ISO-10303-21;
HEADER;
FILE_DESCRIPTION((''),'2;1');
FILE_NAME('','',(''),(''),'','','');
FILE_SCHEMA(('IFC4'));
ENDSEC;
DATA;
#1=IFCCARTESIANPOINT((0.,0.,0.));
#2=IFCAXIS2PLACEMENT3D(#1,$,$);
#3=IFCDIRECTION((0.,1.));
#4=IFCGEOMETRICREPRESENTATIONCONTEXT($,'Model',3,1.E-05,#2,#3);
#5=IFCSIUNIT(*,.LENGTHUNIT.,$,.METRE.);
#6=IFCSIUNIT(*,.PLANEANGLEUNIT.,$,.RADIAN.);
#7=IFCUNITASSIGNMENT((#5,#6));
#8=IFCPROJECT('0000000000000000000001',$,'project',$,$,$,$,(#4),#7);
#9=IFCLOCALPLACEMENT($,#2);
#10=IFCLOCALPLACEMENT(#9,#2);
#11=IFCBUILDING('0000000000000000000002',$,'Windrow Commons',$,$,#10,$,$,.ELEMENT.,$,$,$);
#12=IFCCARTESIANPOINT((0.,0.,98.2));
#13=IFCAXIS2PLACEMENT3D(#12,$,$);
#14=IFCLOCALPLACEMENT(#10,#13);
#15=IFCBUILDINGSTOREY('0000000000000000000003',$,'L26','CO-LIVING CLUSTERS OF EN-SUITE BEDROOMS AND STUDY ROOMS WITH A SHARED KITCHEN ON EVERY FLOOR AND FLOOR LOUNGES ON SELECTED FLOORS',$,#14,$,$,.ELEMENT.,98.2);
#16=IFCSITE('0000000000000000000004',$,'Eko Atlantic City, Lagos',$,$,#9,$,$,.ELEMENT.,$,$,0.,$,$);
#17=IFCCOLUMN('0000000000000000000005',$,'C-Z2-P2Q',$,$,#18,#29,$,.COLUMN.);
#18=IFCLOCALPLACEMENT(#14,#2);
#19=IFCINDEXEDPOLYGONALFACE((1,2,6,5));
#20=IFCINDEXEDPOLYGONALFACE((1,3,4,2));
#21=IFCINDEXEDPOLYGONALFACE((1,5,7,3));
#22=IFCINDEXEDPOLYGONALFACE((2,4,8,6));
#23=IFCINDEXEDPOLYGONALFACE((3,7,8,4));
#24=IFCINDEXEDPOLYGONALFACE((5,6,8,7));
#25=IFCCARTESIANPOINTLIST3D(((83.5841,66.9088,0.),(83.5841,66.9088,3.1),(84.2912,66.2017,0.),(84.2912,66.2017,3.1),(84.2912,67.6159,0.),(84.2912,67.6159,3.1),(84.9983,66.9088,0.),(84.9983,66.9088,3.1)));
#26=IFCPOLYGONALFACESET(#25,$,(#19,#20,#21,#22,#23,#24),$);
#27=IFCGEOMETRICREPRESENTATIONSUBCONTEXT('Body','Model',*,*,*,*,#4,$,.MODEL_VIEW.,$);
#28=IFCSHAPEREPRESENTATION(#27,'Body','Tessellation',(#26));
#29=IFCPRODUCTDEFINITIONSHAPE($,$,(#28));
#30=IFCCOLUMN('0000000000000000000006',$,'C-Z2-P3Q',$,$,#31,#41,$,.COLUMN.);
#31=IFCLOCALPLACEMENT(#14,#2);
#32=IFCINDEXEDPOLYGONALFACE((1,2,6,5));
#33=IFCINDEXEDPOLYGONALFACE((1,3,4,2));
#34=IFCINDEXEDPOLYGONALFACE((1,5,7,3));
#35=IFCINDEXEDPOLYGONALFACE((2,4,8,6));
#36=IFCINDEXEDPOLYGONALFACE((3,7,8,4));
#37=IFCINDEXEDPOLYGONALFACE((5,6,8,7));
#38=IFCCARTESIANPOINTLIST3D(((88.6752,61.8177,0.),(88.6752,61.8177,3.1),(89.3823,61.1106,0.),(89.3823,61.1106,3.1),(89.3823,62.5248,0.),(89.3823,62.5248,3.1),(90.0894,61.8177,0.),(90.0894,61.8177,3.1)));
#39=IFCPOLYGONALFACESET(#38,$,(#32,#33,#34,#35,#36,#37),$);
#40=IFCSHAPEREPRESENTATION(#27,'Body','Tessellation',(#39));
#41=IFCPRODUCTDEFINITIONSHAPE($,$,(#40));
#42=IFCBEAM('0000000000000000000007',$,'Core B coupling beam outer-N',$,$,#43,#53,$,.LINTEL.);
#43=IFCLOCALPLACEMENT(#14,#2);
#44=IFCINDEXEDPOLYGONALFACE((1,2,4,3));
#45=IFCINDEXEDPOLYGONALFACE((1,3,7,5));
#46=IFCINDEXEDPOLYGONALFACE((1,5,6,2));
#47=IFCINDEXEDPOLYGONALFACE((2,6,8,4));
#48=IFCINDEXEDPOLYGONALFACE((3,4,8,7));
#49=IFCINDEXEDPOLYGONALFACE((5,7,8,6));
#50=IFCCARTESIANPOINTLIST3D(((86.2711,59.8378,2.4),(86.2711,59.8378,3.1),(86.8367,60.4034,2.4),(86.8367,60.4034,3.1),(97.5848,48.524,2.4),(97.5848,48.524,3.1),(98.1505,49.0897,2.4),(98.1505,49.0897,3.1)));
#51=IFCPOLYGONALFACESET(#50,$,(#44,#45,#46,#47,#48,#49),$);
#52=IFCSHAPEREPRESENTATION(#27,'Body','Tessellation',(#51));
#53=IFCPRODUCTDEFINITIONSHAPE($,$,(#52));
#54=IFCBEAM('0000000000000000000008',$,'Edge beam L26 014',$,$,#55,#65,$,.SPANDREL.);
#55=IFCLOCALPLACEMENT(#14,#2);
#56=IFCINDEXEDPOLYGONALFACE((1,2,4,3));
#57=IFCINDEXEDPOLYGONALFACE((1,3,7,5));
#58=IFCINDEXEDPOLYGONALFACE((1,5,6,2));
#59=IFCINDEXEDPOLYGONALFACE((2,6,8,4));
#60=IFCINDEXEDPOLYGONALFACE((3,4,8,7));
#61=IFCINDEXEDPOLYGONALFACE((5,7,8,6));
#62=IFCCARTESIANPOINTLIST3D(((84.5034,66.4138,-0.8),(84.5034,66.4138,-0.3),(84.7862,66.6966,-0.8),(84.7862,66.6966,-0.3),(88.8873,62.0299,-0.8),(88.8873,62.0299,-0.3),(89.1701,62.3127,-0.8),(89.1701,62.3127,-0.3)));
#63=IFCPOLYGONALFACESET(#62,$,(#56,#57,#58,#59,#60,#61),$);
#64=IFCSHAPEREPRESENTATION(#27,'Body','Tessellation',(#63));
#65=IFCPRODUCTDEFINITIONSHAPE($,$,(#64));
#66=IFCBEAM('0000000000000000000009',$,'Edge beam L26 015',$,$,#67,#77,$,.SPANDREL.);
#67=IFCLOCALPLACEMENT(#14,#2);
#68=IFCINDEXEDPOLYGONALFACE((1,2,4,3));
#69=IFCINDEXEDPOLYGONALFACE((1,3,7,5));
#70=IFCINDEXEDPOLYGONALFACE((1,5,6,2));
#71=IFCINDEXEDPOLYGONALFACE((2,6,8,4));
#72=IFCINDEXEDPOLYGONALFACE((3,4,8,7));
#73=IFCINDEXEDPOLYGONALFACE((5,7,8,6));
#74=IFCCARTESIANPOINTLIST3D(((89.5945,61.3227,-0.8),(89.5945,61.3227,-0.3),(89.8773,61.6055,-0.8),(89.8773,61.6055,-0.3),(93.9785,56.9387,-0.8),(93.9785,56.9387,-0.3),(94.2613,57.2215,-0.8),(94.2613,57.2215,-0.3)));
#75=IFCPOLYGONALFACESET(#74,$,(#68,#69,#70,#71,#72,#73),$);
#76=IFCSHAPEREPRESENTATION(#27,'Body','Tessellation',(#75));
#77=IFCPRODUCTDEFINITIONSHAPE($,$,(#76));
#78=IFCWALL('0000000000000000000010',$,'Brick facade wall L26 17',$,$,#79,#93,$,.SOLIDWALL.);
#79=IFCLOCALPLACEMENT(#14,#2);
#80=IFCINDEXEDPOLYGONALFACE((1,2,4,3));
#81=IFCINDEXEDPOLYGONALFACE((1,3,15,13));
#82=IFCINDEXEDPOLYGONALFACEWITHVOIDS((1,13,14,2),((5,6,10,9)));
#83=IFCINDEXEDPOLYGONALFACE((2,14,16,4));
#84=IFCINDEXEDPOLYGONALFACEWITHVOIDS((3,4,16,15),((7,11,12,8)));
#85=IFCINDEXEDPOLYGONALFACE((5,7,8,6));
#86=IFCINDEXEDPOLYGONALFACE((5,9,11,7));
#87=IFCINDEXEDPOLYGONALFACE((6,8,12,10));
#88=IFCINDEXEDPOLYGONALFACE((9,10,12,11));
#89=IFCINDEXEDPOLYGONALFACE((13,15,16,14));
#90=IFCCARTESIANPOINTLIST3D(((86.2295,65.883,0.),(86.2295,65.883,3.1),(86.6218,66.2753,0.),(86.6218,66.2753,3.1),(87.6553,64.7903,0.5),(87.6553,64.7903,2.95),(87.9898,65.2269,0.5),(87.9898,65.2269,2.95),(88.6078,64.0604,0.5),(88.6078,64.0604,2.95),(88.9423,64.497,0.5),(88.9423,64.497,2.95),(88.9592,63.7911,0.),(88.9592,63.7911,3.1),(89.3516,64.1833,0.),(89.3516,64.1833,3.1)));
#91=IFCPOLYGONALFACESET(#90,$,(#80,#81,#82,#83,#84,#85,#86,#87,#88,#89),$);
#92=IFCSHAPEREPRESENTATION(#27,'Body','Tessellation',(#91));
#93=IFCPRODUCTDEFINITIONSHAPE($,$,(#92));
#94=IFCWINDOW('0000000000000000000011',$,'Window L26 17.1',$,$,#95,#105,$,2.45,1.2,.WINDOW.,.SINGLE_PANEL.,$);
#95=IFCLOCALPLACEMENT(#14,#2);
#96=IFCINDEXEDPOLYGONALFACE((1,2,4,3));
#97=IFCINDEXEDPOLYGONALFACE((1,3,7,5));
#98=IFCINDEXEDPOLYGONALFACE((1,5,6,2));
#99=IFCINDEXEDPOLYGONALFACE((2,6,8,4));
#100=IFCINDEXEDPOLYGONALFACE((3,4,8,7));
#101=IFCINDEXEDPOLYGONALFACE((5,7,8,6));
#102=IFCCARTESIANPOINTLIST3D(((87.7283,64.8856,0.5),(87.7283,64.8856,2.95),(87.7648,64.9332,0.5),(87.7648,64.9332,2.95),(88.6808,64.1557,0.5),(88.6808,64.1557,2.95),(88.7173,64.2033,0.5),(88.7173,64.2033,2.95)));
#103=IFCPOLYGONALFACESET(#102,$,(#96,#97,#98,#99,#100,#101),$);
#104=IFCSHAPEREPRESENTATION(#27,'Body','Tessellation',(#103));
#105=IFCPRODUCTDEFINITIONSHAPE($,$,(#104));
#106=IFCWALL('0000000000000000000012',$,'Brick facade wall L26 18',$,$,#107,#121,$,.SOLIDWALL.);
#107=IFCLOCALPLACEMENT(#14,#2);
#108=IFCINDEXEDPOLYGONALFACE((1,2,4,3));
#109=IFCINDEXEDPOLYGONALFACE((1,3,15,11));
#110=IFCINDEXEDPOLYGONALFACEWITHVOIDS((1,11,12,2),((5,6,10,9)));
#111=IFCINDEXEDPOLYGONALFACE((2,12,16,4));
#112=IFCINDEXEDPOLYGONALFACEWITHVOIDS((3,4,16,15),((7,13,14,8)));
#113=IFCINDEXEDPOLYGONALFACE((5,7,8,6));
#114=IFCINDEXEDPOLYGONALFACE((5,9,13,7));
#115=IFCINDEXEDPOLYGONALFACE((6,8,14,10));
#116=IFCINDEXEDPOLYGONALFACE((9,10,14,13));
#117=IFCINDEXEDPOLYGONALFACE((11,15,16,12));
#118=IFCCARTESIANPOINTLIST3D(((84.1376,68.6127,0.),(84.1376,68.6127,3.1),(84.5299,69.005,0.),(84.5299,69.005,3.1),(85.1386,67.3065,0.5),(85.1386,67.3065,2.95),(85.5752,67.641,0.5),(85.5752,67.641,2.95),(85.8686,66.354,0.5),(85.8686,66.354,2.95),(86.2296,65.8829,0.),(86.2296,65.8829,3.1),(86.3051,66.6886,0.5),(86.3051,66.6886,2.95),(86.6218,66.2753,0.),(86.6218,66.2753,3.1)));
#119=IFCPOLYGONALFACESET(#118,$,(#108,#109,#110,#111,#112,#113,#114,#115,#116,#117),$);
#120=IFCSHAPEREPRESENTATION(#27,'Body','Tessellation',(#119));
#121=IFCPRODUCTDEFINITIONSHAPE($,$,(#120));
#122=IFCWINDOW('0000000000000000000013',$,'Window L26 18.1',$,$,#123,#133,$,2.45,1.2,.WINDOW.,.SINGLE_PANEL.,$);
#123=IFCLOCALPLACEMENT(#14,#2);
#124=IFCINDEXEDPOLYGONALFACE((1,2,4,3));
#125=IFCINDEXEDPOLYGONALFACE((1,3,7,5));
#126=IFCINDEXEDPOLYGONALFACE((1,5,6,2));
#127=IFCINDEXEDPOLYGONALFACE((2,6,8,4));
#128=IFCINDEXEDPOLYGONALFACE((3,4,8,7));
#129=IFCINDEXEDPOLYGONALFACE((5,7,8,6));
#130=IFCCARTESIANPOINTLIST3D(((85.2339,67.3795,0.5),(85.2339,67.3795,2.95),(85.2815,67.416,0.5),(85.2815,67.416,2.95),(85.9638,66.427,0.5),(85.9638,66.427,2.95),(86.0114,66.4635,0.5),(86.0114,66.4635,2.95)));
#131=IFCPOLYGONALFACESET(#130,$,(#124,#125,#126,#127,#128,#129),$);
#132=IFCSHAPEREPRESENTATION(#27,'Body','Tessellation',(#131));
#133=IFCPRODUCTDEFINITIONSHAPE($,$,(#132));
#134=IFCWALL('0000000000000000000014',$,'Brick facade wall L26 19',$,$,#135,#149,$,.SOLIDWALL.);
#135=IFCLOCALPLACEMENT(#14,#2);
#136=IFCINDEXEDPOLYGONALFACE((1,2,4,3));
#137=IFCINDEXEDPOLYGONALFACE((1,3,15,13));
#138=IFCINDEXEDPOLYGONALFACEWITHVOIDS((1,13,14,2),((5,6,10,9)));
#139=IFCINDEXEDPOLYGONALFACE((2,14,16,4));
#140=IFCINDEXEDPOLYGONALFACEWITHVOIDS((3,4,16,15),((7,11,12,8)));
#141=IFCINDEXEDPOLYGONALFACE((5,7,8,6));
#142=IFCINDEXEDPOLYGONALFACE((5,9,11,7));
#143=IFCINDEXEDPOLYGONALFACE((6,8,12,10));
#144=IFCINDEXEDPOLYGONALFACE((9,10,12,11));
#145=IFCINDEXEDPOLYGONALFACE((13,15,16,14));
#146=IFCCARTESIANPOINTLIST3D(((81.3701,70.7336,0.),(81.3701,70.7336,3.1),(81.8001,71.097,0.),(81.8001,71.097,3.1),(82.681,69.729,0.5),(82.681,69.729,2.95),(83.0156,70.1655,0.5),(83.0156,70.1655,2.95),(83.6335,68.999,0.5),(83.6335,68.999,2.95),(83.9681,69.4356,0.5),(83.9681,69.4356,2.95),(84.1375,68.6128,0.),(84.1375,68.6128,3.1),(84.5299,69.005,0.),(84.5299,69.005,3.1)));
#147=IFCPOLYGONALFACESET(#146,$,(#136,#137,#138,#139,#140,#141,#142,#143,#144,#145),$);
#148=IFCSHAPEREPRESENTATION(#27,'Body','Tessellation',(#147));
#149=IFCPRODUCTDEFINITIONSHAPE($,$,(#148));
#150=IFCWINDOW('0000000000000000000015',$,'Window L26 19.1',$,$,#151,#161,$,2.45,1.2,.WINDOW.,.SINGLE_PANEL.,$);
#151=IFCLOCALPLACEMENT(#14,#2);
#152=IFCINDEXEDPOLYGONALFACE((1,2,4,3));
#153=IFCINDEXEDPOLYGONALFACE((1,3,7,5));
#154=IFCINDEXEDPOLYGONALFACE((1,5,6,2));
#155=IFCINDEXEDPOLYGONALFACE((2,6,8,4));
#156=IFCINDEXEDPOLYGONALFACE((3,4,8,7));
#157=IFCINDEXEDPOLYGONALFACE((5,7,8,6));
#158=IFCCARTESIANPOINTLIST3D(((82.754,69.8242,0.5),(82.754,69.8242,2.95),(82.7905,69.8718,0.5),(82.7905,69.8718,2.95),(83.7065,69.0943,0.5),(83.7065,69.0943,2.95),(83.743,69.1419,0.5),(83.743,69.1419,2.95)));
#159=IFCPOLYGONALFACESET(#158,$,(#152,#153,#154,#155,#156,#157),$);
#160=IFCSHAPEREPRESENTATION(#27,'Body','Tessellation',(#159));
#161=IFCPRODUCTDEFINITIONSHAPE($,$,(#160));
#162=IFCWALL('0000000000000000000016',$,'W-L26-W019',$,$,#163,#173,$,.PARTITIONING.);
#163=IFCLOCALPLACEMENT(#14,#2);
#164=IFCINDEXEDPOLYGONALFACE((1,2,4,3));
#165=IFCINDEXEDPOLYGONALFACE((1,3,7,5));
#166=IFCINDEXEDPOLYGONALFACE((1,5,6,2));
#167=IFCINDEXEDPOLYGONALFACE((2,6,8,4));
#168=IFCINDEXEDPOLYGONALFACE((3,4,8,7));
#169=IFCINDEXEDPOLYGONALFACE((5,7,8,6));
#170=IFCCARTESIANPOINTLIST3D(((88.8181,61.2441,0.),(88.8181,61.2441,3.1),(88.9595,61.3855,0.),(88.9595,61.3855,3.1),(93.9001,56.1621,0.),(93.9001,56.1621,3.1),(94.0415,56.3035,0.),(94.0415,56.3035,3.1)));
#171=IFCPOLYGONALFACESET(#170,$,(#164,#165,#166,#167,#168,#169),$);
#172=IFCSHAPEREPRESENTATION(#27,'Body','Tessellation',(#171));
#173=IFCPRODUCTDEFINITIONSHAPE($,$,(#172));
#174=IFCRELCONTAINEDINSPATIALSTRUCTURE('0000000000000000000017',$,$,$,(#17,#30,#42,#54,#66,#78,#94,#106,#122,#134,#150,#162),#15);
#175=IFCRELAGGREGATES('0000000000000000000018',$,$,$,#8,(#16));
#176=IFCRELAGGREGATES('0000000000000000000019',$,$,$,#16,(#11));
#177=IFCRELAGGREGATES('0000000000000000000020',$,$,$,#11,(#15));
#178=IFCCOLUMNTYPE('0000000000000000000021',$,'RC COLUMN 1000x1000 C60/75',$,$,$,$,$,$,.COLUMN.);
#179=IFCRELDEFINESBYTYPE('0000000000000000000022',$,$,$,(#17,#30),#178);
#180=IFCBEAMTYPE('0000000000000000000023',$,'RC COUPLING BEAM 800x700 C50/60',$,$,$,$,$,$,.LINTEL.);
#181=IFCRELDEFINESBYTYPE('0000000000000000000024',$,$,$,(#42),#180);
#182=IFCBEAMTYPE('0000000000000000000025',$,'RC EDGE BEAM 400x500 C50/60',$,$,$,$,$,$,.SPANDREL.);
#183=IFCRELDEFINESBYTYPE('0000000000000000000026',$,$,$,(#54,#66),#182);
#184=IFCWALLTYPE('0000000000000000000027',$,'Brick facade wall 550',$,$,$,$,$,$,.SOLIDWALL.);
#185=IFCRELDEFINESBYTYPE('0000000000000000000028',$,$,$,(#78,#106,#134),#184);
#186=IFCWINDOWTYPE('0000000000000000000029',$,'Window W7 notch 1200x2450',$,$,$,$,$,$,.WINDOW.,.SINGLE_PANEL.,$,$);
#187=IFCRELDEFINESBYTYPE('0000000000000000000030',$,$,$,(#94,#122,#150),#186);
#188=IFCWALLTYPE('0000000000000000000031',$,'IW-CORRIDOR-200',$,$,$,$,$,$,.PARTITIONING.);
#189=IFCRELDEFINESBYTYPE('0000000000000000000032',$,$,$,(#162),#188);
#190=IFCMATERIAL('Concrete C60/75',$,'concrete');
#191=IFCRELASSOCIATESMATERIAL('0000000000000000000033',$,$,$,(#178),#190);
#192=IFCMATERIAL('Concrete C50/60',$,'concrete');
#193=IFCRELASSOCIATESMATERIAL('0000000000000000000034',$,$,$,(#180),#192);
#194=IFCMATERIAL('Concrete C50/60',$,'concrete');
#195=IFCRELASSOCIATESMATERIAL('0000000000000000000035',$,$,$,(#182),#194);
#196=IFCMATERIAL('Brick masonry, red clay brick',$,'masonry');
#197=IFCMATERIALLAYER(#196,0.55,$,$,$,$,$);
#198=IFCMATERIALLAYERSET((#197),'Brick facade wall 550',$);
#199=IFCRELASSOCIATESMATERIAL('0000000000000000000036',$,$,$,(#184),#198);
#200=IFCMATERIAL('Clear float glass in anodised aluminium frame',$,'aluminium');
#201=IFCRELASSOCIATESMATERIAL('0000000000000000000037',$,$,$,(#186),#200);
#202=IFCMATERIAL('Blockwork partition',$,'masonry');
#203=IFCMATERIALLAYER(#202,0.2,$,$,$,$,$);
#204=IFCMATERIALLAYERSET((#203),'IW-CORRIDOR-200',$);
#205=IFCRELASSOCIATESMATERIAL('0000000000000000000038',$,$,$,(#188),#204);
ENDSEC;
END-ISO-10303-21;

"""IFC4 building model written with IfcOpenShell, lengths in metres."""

from ifc_helpers import new_model, si_unit, direction, frame, frame_2d, origin, origin_2d, place, context, subcontext, project, spatial, polyline, rectangle, outline, extrude, material, layer, layer_set, material_profile, profile_set, type_object, element, fill, save


model = new_model("IFC4")

# Units and contexts
model_context = context("Model", 3, precision=1e-05, world=origin(), true_north=direction((0.0, 1.0)))
body_context = subcontext(model_context, "Body", "Model", "MODEL_VIEW")
ifc_project = project(units=[si_unit("LENGTHUNIT", "METRE"), si_unit("PLANEANGLEUNIT", "RADIAN")], contexts=[model_context])

# Site, building, storey
site_placement = place(None, origin())
site = spatial("IfcSite", under=ifc_project, at=site_placement, Name="Eko Atlantic City, Lagos", CompositionType="ELEMENT", RefElevation=0.0)
building_placement = place(site_placement, origin())
building = spatial("IfcBuilding", under=site, at=building_placement, Name="Windrow Commons", CompositionType="ELEMENT")
storey_placement = place(building_placement, frame((0.0, 0.0, 98.2)))
storey = spatial("IfcBuildingStorey", under=building, at=storey_placement, Name="L26", Description="CO-LIVING CLUSTERS OF EN-SUITE BEDROOMS AND STUDY ROOMS WITH A SHARED KITCHEN ON EVERY FLOOR AND FLOOR LOUNGES ON SELECTED FLOORS", CompositionType="ELEMENT", Elevation=98.2)

# Columns
ifc_material_1 = material(Name="Concrete C60/75", Category="concrete")
ifc_material_profile_1 = material_profile(ifc_material_1, rectangle(XDim=1.0, YDim=1.0, at=origin_2d()))
ifc_profile_set_1 = profile_set([ifc_material_profile_1], Name="Concrete C60/75")
column_type = type_object("IfcColumnType", Name="RC COLUMN 1000x1000 C60/75", PredefinedType="COLUMN", material=ifc_profile_set_1)
for number, where, z_axis, x_axis, name in (
    (1, (84.2912, 66.9088, 0.0), (0.0, 0.0, 1.0), (0.707107, -0.707107, 0.0), "C-Z2-P2Q"),
    (2, (89.3823, 61.8177, 0.0), (0.0, 0.0, 1.0), (0.707107, -0.707107, 0.0), "C-Z2-P3Q"),
):
    element("IfcColumn", number, at=place(storey_placement, frame(where, z_axis=z_axis, x_axis=x_axis)), inside=storey, type_object=column_type, Name=name, PredefinedType="COLUMN", context=body_context, shape_type="SweptSolid", body=[
        extrude(rectangle(XDim=1.0, YDim=1.0, at=origin_2d()), origin(), (0.0, 0.0, 1.0), 3.1),
    ])

# Beams
ifc_material_2 = material(Name="Concrete C50/60", Category="concrete")
ifc_material_profile_2 = material_profile(ifc_material_2, rectangle(XDim=0.8, YDim=0.7, at=origin_2d()))
ifc_profile_set_2 = profile_set([ifc_material_profile_2], Name="Concrete C50/60")
beam_type_1 = type_object("IfcBeamType", Name="RC COUPLING BEAM 800x700 C50/60", PredefinedType="LINTEL", material=ifc_profile_set_2)
beam_1_placement = place(storey_placement, frame((86.5539, 60.1206, 2.75), z_axis=(0.707107, -0.707107, 0.0), x_axis=(0.707107, 0.707107, 0.0)))
element("IfcBeam", 3, at=beam_1_placement, inside=storey, type_object=beam_type_1, Name="Core B coupling beam outer-N", PredefinedType="LINTEL", context=body_context, shape_type="SweptSolid", body=[
    extrude(rectangle(XDim=0.8, YDim=0.7, at=origin_2d()), origin(), (0.0, 0.0, 1.0), 16.0),
])
ifc_material_3 = material(Name="Concrete C50/60", Category="concrete")
ifc_material_profile_3 = material_profile(ifc_material_3, rectangle(XDim=0.4, YDim=0.5, at=origin_2d()))
ifc_profile_set_3 = profile_set([ifc_material_profile_3], Name="Concrete C50/60")
beam_type_2 = type_object("IfcBeamType", Name="RC EDGE BEAM 400x500 C50/60", PredefinedType="SPANDREL", material=ifc_profile_set_3)
beam_2_placement = place(storey_placement, frame((84.6448, 66.5552, -0.55), z_axis=(0.707107, -0.707107, 0.0), x_axis=(0.707107, 0.707107, 0.0)))
element("IfcBeam", 4, at=beam_2_placement, inside=storey, type_object=beam_type_2, Name="Edge beam L26 014", PredefinedType="SPANDREL", context=body_context, shape_type="SweptSolid", body=[
    extrude(rectangle(XDim=0.4, YDim=0.5, at=origin_2d()), origin(), (0.0, 0.0, 1.0), 6.1998),
])
beam_3_placement = place(storey_placement, frame((89.7359, 61.4641, -0.55), z_axis=(0.707107, -0.707107, 0.0), x_axis=(0.707107, 0.707107, 0.0)))
element("IfcBeam", 5, at=beam_3_placement, inside=storey, type_object=beam_type_2, Name="Edge beam L26 015", PredefinedType="SPANDREL", context=body_context, shape_type="SweptSolid", body=[
    extrude(rectangle(XDim=0.4, YDim=0.5, at=origin_2d()), origin(), (0.0, 0.0, 1.0), 6.1999),
])

# Walls, openings, windows
ifc_material_4 = material(Name="Brick masonry, red clay brick", Category="masonry")
ifc_layer_1 = layer(ifc_material_4, 0.55)
ifc_layer_set_1 = layer_set([ifc_layer_1], Name="Brick facade wall 550")
wall_type_1 = type_object("IfcWallType", Name="Brick facade wall 550", PredefinedType="SOLIDWALL", material=ifc_layer_set_1)
wall_1_placement = place(storey_placement, frame((89.1554, 63.9872, 0.0), z_axis=(0.0, 0.0, 1.0), x_axis=(-0.793728, 0.608272, 0.0)))
wall_1 = element("IfcWall", 6, at=wall_1_placement, inside=storey, type_object=wall_type_1, Name="Brick facade wall L26 17", PredefinedType="SOLIDWALL", context=body_context, shape_type="SweptSolid", body=[
    extrude(outline(polyline([(-0.0364, -0.275), (3.4028, -0.275), (3.4755, 0.275), (0.0364, 0.275), (-0.0364, -0.275)])), origin(), (0.0, 0.0, 1.0), 3.1),
])
opening_1_placement = place(wall_1_placement, frame((0.4792, 0.0, 0.5)))
opening_1 = element("IfcOpeningElement", 7, at=opening_1_placement, cuts=wall_1, PredefinedType="OPENING", context=body_context, shape_type="SweptSolid", body=[
    extrude(rectangle(XDim=1.2, YDim=2.45, at=frame_2d((0.6, 1.225))), frame((0.0, 0.285, 0.0), z_axis=(0.0, -1.0, 0.0), x_axis=(1.0, 0.0, 0.0)), (0.0, 0.0, 1.0), 0.57),
])
ifc_material_5 = material(Name="Clear float glass in anodised aluminium frame", Category="aluminium")
window_type = type_object("IfcWindowType", Name="Window W7 notch 1200x2450", PartitioningType="SINGLE_PANEL", PredefinedType="WINDOW", material=ifc_material_5)
window_1_placement = place(opening_1_placement, origin())
window_1 = element("IfcWindow", 8, at=window_1_placement, inside=storey, type_object=window_type, Name="Window L26 17.1", OverallHeight=2.45, OverallWidth=1.2, PartitioningType="SINGLE_PANEL", PredefinedType="WINDOW", context=body_context, shape_type="SweptSolid", body=[
    extrude(rectangle(XDim=1.2, YDim=2.45, at=frame_2d((0.6, 1.225))), frame((0.0, 0.155, 0.0), z_axis=(0.0, -1.0, 0.0), x_axis=(1.0, 0.0, 0.0)), (0.0, 0.0, 1.0), 0.06),
])
fill(opening_1, window_1)
wall_2_placement = place(storey_placement, frame((86.4257, 66.0791, 0.0), z_axis=(0.0, 0.0, 1.0), x_axis=(-0.608276, 0.793725, 0.0)))
wall_2 = element("IfcWall", 9, at=wall_2_placement, inside=storey, type_object=wall_type_1, Name="Brick facade wall L26 18", PredefinedType="SOLIDWALL", context=body_context, shape_type="SweptSolid", body=[
    extrude(outline(polyline([(0.0364, -0.275), (3.4755, -0.275), (3.4028, 0.275), (-0.0364, 0.275), (0.0364, -0.275)])), origin(), (0.0, 0.0, 1.0), 3.1),
])
opening_2_placement = place(wall_2_placement, frame((0.5571, 0.0, 0.5)))
opening_2 = element("IfcOpeningElement", 10, at=opening_2_placement, cuts=wall_2, PredefinedType="OPENING", context=body_context, shape_type="SweptSolid", body=[
    extrude(rectangle(XDim=1.2, YDim=2.45, at=frame_2d((0.6, 1.225))), frame((0.0, 0.285, 0.0), z_axis=(0.0, -1.0, 0.0), x_axis=(1.0, 0.0, 0.0)), (0.0, 0.0, 1.0), 0.57),
])
window_2_placement = place(opening_2_placement, origin())
window_2 = element("IfcWindow", 11, at=window_2_placement, inside=storey, type_object=window_type, Name="Window L26 18.1", OverallHeight=2.45, OverallWidth=1.2, PartitioningType="SINGLE_PANEL", PredefinedType="WINDOW", context=body_context, shape_type="SweptSolid", body=[
    extrude(rectangle(XDim=1.2, YDim=2.45, at=frame_2d((0.6, 1.225))), frame((0.0, 0.155, 0.0), z_axis=(0.0, -1.0, 0.0), x_axis=(1.0, 0.0, 0.0)), (0.0, 0.0, 1.0), 0.06),
])
fill(opening_2, window_2)
wall_3_placement = place(storey_placement, frame((84.3337, 68.8089, 0.0), z_axis=(0.0, 0.0, 1.0), x_axis=(-0.793726, 0.608275, 0.0)))
wall_3 = element("IfcWall", 12, at=wall_3_placement, inside=storey, type_object=wall_type_1, Name="Brick facade wall L26 19", PredefinedType="SOLIDWALL", context=body_context, shape_type="SweptSolid", body=[
    extrude(outline(polyline([(-0.0364, -0.275), (3.4028, -0.275), (3.523, 0.275), (0.0364, 0.275), (-0.0364, -0.275)])), origin(), (0.0, 0.0, 1.0), 3.1),
])
opening_3_placement = place(wall_3_placement, frame((0.6714, 0.0, 0.5)))
opening_3 = element("IfcOpeningElement", 13, at=opening_3_placement, cuts=wall_3, PredefinedType="OPENING", context=body_context, shape_type="SweptSolid", body=[
    extrude(rectangle(XDim=1.2, YDim=2.45, at=frame_2d((0.6, 1.225))), frame((0.0, 0.285, 0.0), z_axis=(0.0, -1.0, 0.0), x_axis=(1.0, 0.0, 0.0)), (0.0, 0.0, 1.0), 0.57),
])
window_3_placement = place(opening_3_placement, origin())
window_3 = element("IfcWindow", 14, at=window_3_placement, inside=storey, type_object=window_type, Name="Window L26 19.1", OverallHeight=2.45, OverallWidth=1.2, PartitioningType="SINGLE_PANEL", PredefinedType="WINDOW", context=body_context, shape_type="SweptSolid", body=[
    extrude(rectangle(XDim=1.2, YDim=2.45, at=frame_2d((0.6, 1.225))), frame((0.0, 0.155, 0.0), z_axis=(0.0, -1.0, 0.0), x_axis=(1.0, 0.0, 0.0)), (0.0, 0.0, 1.0), 0.06),
])
fill(opening_3, window_3)

# Wall
ifc_material_6 = material(Name="Blockwork partition", Category="masonry")
ifc_layer_2 = layer(ifc_material_6, 0.2)
ifc_layer_set_2 = layer_set([ifc_layer_2], Name="IW-CORRIDOR-200")
wall_type_2 = type_object("IfcWallType", Name="IW-CORRIDOR-200", PredefinedType="PARTITIONING", material=ifc_layer_set_2)
wall_4_placement = place(storey_placement, frame((88.8888, 61.3148, 0.0), z_axis=(0.0, 0.0, 1.0), x_axis=(0.707107, -0.707107, 0.0)))
element("IfcWall", 15, at=wall_4_placement, inside=storey, type_object=wall_type_2, Name="W-L26-W019", PredefinedType="PARTITIONING", context=body_context, shape_type="SweptSolid", body=[
    extrude(rectangle(XDim=7.187, YDim=0.2, at=frame_2d((3.5935, 0.0))), origin(), (0.0, 0.0, 1.0), 3.1),
])

save(model, "model.ifc")
